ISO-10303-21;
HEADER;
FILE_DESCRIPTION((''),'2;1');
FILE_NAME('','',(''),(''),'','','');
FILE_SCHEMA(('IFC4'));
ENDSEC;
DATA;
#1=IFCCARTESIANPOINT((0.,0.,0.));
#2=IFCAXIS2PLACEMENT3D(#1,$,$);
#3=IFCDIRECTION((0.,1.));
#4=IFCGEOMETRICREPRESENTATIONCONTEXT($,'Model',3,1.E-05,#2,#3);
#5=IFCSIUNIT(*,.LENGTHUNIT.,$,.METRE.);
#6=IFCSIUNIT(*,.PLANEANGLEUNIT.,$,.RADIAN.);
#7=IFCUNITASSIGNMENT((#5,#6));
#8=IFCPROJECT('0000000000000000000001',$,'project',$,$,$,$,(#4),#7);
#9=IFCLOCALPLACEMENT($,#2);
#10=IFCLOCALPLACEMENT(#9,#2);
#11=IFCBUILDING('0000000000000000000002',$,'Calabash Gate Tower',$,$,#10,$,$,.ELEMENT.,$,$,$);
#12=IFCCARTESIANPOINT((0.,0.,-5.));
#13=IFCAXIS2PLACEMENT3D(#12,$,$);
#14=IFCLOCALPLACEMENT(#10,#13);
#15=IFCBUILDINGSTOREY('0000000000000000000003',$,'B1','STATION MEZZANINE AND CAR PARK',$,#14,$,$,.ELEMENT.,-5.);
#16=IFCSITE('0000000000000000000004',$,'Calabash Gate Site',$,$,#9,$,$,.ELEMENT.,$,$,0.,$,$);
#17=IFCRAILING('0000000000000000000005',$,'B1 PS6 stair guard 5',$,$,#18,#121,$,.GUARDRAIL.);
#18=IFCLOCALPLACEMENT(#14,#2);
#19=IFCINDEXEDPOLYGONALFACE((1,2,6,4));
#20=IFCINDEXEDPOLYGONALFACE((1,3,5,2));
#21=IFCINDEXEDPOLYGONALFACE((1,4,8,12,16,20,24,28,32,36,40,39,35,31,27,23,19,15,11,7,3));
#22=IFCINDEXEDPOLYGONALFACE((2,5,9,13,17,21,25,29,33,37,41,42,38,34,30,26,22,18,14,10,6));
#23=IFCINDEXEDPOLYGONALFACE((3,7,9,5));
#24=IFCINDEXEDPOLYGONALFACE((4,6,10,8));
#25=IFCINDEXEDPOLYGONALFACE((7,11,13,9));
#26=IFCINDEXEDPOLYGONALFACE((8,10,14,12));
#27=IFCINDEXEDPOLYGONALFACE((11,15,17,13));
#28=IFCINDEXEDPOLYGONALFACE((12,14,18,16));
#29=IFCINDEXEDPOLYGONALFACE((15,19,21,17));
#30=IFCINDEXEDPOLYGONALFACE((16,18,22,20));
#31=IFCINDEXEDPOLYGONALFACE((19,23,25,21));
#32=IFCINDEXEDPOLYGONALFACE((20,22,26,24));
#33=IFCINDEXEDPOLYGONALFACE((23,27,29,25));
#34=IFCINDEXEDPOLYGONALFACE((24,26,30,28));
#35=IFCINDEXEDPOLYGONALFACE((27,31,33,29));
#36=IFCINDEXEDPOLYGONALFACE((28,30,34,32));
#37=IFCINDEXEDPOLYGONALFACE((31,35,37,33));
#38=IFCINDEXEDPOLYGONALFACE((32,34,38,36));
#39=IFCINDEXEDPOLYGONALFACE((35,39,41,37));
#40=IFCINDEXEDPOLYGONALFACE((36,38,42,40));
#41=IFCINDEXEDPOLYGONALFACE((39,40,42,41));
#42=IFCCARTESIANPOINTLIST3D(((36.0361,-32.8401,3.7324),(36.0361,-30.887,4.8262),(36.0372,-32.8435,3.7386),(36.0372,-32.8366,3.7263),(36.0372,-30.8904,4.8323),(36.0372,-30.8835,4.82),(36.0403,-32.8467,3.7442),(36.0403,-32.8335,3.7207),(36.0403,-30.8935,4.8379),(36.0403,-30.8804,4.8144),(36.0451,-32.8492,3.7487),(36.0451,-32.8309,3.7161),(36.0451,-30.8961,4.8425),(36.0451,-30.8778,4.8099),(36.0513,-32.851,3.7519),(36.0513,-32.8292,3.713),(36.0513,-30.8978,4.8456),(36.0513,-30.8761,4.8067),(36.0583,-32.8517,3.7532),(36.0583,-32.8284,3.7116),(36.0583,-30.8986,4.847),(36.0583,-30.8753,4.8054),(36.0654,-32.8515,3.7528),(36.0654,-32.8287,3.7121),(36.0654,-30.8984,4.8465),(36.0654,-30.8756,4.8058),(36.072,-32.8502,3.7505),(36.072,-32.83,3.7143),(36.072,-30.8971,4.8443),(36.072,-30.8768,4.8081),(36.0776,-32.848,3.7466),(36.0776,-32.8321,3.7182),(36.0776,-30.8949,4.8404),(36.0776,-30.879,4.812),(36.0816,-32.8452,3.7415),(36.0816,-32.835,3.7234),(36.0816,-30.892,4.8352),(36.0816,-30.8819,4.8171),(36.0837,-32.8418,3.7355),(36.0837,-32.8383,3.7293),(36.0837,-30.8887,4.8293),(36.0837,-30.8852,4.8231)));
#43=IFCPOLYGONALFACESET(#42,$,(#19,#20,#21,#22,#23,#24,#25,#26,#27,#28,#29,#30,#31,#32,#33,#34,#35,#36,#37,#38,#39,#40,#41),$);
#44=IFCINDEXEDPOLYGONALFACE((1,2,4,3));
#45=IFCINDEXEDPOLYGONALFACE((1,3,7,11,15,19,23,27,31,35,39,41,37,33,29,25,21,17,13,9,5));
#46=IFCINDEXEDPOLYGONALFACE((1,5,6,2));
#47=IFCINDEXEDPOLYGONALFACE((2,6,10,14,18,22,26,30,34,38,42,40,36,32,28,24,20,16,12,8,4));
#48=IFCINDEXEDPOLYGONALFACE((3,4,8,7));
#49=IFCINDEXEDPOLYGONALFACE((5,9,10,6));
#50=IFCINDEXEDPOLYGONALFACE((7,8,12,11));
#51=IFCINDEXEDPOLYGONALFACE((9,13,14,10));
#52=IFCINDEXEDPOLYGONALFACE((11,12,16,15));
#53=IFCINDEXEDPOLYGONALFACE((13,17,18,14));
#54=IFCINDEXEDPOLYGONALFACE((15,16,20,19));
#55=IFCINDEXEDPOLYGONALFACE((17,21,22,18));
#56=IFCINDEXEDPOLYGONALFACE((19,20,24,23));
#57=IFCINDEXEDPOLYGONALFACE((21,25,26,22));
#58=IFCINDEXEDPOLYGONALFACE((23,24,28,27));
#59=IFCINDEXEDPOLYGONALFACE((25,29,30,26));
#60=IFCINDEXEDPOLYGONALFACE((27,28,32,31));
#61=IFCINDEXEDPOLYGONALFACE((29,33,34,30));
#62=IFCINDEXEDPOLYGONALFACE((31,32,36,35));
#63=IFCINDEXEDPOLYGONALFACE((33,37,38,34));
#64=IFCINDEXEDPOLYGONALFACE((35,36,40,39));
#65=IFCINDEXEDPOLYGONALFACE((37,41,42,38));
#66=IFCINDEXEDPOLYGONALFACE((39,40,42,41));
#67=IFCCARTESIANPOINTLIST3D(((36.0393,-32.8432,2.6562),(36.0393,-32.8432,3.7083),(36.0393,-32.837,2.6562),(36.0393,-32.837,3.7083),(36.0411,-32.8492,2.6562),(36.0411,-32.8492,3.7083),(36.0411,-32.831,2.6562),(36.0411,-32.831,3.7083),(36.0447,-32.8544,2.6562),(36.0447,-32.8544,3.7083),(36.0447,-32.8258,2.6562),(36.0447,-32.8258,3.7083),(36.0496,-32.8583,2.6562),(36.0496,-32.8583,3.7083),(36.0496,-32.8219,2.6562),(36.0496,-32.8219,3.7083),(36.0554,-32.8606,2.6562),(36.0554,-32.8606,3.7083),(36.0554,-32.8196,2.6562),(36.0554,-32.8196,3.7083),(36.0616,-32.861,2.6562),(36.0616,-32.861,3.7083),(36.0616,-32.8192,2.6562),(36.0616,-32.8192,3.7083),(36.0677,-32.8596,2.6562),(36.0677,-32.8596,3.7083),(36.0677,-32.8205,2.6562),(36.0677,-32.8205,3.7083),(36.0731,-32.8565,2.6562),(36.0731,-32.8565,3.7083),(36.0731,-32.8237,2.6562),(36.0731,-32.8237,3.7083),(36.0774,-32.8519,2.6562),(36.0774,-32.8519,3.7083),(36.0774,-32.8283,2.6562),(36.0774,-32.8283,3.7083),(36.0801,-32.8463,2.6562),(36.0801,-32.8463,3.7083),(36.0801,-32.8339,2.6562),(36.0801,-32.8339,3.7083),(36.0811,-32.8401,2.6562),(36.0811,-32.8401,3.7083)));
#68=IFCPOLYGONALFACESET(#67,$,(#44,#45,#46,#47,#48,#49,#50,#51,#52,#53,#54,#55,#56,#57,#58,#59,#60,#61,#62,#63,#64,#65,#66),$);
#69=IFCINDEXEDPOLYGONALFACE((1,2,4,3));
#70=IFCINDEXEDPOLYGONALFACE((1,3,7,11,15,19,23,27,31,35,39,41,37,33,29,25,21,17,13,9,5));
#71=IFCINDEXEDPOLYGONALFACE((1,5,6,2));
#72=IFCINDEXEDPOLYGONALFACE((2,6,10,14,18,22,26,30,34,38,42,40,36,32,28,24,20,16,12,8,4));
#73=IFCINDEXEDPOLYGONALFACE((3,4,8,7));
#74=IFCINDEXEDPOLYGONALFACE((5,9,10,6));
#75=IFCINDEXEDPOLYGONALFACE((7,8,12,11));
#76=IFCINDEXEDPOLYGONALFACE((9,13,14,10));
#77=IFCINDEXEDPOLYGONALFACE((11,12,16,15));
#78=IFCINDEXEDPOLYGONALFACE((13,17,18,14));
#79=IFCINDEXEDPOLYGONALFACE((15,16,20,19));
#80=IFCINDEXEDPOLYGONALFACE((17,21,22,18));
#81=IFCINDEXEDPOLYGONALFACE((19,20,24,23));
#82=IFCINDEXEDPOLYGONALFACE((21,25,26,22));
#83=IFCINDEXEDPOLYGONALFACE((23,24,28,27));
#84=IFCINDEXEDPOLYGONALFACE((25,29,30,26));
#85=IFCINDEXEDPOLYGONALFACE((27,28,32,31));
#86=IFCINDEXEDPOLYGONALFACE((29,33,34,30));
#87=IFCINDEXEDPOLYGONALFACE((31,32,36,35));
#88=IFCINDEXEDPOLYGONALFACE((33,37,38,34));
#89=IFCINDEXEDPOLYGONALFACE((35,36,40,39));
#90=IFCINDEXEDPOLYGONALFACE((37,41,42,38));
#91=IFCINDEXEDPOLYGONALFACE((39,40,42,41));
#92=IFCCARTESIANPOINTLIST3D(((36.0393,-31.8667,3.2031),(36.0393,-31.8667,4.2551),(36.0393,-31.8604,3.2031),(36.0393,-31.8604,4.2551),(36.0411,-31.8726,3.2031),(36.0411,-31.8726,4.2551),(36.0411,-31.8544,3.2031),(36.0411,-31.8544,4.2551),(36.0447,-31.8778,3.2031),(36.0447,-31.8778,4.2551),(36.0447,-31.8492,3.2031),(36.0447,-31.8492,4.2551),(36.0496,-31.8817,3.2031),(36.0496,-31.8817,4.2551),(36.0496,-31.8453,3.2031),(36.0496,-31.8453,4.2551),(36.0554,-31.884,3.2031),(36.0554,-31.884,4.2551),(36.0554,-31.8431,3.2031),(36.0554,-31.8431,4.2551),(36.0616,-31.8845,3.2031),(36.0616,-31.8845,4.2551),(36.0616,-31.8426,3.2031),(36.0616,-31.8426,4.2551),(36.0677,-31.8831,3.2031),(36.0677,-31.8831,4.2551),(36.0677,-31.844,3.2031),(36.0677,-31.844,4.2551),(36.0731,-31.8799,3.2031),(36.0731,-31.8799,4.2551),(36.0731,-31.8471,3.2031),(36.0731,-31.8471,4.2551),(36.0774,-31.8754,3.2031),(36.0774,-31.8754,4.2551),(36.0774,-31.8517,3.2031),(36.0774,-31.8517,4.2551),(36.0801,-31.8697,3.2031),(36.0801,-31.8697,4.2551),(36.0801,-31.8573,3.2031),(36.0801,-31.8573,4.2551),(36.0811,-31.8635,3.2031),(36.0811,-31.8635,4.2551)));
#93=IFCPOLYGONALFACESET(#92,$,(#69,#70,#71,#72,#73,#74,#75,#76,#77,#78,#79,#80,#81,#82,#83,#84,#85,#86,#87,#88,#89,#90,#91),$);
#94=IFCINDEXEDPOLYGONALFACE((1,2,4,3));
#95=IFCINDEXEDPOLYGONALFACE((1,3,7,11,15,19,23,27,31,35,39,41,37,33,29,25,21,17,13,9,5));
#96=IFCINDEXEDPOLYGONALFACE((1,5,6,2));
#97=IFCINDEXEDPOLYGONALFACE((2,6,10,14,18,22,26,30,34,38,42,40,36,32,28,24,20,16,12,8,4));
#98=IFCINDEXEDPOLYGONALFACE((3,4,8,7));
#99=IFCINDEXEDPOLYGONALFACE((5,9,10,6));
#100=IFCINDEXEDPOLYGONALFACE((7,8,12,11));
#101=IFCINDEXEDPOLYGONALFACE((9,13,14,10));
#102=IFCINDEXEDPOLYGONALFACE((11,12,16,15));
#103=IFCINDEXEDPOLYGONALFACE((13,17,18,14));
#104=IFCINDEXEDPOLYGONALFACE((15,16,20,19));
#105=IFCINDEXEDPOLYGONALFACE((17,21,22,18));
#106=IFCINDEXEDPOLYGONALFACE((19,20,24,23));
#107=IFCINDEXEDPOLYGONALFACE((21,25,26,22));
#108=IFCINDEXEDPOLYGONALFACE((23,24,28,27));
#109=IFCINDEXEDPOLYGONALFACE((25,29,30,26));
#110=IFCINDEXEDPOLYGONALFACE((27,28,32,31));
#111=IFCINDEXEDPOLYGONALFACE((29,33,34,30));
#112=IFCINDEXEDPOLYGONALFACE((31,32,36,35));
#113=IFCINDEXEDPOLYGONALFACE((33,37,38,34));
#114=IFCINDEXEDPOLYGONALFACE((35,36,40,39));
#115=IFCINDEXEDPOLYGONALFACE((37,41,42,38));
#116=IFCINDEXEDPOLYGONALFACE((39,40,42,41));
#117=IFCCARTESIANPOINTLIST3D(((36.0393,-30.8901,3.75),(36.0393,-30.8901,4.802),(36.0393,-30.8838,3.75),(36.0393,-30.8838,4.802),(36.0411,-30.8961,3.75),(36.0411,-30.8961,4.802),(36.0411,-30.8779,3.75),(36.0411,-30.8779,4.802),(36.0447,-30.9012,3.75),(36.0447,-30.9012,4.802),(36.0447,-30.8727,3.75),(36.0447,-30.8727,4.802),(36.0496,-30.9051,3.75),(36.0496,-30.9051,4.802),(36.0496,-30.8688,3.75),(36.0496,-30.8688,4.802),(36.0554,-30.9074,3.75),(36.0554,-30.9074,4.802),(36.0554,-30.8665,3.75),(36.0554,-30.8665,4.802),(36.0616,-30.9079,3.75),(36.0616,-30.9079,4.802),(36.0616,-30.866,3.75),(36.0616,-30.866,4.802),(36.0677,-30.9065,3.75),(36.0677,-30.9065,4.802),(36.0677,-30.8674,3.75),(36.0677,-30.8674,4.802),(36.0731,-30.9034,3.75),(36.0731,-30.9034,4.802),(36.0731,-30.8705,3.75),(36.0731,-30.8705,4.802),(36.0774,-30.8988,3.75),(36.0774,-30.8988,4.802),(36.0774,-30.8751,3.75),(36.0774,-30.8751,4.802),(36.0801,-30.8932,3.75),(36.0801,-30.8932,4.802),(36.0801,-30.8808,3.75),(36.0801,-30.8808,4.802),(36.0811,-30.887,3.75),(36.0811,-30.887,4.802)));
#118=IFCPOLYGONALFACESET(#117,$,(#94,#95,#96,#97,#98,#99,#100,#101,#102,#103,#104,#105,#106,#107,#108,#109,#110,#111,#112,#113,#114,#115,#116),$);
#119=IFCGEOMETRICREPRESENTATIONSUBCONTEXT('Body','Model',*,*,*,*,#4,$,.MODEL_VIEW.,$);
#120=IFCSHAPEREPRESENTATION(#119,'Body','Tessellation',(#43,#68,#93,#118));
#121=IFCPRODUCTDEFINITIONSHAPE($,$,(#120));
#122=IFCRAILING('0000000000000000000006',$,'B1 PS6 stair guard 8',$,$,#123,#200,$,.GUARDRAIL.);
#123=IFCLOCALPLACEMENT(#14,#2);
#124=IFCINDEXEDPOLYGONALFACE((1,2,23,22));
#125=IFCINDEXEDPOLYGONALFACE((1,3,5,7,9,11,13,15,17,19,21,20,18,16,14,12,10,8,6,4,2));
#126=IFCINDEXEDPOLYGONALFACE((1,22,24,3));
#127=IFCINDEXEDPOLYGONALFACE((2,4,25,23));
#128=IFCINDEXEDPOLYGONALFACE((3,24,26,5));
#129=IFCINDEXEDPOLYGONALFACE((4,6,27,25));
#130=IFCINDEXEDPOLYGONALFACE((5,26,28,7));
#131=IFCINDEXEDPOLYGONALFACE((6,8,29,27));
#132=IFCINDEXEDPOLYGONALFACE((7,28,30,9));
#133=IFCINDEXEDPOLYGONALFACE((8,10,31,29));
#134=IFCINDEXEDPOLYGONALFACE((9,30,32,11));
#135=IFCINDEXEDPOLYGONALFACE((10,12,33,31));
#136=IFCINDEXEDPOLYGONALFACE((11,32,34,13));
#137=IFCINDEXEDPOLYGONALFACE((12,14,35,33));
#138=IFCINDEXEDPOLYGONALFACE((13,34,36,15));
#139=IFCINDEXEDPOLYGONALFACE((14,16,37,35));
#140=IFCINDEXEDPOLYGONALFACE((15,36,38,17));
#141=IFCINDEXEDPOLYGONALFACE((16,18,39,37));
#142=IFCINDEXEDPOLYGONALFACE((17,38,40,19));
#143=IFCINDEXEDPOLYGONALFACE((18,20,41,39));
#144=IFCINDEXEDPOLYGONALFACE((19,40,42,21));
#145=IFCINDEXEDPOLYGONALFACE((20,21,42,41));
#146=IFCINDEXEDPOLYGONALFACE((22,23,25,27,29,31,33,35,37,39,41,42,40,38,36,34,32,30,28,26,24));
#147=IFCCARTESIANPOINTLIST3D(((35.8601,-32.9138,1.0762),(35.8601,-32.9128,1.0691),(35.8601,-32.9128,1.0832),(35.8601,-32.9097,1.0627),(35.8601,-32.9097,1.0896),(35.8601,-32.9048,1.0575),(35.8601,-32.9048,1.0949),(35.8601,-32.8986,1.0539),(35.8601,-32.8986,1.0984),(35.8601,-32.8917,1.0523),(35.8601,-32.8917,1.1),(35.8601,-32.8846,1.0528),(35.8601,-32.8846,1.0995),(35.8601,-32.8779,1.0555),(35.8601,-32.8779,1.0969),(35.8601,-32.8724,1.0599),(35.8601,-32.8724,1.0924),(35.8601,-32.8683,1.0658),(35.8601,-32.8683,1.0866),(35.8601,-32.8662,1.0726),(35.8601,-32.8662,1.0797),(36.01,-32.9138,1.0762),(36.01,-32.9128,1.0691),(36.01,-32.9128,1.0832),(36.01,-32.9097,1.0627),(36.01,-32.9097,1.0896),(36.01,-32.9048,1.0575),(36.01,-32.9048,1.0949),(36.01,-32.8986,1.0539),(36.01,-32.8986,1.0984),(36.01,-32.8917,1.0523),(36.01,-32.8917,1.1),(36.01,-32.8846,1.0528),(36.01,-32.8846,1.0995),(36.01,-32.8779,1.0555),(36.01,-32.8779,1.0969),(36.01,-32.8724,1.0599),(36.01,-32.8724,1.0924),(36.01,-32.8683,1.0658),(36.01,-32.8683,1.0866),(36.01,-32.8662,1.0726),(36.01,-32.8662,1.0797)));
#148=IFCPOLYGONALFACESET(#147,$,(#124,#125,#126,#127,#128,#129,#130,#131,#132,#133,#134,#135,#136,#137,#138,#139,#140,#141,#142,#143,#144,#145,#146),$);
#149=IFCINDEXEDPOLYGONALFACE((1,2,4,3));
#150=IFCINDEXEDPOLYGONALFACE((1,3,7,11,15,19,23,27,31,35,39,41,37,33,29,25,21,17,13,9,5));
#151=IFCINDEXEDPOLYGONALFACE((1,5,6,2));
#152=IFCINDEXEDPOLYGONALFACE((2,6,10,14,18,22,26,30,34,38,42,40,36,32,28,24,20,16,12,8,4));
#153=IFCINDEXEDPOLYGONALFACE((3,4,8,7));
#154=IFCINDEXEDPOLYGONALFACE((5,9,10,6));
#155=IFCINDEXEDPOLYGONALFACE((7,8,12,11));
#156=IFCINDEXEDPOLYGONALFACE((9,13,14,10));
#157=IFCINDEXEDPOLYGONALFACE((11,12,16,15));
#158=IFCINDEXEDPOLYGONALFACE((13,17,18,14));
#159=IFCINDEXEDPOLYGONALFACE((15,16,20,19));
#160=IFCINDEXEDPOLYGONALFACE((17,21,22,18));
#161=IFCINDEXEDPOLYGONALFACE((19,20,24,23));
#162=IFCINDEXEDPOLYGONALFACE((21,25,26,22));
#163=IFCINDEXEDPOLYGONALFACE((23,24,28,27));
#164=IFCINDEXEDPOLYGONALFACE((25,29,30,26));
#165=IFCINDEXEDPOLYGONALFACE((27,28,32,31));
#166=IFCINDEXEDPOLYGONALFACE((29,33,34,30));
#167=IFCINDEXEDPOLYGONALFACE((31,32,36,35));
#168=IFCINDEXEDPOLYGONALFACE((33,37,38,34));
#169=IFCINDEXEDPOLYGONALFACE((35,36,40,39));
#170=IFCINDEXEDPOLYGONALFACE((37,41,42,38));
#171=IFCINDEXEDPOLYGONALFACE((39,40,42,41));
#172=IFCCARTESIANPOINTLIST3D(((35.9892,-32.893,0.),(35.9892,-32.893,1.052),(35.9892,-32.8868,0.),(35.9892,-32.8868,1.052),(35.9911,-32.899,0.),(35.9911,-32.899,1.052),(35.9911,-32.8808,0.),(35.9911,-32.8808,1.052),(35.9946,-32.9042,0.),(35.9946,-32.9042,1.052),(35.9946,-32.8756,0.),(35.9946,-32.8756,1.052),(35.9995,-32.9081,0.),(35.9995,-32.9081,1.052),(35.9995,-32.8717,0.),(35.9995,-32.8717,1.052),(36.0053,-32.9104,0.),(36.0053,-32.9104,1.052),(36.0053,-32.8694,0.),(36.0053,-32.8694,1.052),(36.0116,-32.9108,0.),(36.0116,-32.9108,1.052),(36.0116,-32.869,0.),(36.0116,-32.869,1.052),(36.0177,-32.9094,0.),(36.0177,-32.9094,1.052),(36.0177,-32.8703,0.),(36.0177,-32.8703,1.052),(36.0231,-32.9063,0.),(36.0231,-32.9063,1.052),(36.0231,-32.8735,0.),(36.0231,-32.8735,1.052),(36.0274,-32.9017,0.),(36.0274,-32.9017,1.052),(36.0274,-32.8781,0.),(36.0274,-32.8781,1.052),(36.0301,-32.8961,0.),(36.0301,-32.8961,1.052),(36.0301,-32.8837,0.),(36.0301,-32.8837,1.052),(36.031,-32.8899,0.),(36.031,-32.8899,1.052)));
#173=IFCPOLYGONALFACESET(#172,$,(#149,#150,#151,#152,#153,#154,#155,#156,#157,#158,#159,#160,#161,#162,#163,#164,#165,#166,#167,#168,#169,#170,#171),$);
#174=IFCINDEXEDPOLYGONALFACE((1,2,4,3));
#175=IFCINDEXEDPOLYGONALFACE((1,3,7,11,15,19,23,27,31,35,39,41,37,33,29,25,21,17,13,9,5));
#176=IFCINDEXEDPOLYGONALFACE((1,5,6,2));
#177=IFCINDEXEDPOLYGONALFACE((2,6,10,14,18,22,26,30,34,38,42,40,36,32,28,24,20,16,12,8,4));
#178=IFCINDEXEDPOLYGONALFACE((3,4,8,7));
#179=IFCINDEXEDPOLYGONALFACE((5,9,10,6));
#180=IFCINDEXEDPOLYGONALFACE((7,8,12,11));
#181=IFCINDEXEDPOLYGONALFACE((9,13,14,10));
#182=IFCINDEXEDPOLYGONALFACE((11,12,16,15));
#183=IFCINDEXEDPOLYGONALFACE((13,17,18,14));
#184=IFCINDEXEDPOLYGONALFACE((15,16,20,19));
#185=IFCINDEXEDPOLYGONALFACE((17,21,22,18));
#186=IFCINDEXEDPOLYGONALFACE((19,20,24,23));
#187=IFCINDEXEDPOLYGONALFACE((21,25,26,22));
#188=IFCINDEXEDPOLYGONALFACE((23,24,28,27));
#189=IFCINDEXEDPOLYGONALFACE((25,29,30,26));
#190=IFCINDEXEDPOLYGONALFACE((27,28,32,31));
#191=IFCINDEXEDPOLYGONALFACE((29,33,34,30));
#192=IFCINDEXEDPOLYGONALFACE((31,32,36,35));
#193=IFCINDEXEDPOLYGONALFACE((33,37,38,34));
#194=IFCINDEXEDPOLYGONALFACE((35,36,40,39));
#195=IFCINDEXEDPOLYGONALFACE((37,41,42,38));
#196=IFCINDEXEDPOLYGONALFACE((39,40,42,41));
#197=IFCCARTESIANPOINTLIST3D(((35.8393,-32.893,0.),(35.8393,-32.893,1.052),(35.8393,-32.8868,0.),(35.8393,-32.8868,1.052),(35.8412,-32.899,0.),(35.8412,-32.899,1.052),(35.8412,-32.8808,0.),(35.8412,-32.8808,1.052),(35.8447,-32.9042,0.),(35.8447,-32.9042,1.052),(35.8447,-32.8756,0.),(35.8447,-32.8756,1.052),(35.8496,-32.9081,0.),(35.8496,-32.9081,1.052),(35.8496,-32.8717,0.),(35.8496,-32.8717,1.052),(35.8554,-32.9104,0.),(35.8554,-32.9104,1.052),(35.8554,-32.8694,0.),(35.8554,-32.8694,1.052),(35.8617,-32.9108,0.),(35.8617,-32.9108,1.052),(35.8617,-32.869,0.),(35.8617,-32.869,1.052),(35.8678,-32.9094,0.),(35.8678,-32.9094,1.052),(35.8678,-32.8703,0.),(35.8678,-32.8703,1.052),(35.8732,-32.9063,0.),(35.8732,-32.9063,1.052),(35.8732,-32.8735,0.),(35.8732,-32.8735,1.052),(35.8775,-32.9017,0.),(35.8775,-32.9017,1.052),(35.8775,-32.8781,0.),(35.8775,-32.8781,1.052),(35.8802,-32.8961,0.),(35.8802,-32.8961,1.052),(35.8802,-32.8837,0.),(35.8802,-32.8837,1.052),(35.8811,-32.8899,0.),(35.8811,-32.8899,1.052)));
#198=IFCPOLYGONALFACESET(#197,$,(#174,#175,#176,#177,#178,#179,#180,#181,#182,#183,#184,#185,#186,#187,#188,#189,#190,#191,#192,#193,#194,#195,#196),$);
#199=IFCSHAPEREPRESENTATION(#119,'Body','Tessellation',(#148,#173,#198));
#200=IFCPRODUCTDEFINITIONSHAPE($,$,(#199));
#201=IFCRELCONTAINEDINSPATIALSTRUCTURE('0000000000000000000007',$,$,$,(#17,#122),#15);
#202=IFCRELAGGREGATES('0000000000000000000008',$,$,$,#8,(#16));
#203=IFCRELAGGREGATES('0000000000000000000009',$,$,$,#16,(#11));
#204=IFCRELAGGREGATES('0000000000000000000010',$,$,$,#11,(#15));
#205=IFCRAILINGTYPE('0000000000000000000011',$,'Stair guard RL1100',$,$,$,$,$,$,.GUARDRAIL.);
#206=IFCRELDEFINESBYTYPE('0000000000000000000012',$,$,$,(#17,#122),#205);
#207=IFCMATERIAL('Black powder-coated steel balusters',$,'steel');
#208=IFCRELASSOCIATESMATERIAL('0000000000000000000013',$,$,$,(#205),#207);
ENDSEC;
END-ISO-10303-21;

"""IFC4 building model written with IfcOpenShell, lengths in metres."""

from ifc_helpers import new_model, si_unit, direction, frame, origin, origin_2d, place, context, subcontext, project, spatial, circle, extrude, material, type_object, element, save


model = new_model("IFC4")

# Units and contexts
model_context = context("Model", 3, precision=1e-05, world=origin(), true_north=direction((0.0, 1.0)))
body_context = subcontext(model_context, "Body", "Model", "MODEL_VIEW")
ifc_project = project(units=[si_unit("LENGTHUNIT", "METRE"), si_unit("PLANEANGLEUNIT", "RADIAN")], contexts=[model_context])

# Site, building, storey
site_placement = place(None, origin())
site = spatial("IfcSite", under=ifc_project, at=site_placement, Name="Calabash Gate Site", CompositionType="ELEMENT", RefElevation=0.0)
building_placement = place(site_placement, origin())
building = spatial("IfcBuilding", under=site, at=building_placement, Name="Calabash Gate Tower", CompositionType="ELEMENT")
storey_placement = place(building_placement, frame((0.0, 0.0, -5.0)))
storey = spatial("IfcBuildingStorey", under=building, at=storey_placement, Name="B1", Description="STATION MEZZANINE AND CAR PARK", CompositionType="ELEMENT", Elevation=-5.0)

# Railings
ifc_material_1 = material(Name="Black powder-coated steel balusters", Category="steel")
railing_type = type_object("IfcRailingType", Name="Stair guard RL1100", PredefinedType="GUARDRAIL", material=ifc_material_1)
railing_1_placement = place(storey_placement, frame((36.0601, -32.8401, 2.6562)))
element("IfcRailing", 1, at=railing_1_placement, inside=storey, type_object=railing_type, Name="B1 PS6 stair guard 5", PredefinedType="GUARDRAIL", context=body_context, shape_type="SweptSolid", body=[
    extrude(circle(Radius=0.0239, at=origin_2d()), frame((0.0, 0.0, 1.0762), z_axis=(0.0, 0.872506, 0.488603), x_axis=(-1.0, 0.0, 0.0)), (0.0, 0.0, 1.0), 2.2385),
    extrude(circle(Radius=0.021, at=origin_2d()), origin(), (0.0, 0.0, 1.0), 1.052),
    extrude(circle(Radius=0.021, at=origin_2d()), frame((0.0, 0.9766, 0.5469)), (0.0, 0.0, 1.0), 1.052),
    extrude(circle(Radius=0.021, at=origin_2d()), frame((0.0, 1.9531, 1.0938)), (0.0, 0.0, 1.0), 1.052),
])
railing_2_placement = place(storey_placement, frame((36.01, -32.8899, 0.0)))
element("IfcRailing", 2, at=railing_2_placement, inside=storey, type_object=railing_type, Name="B1 PS6 stair guard 8", PredefinedType="GUARDRAIL", context=body_context, shape_type="SweptSolid", body=[
    extrude(circle(Radius=0.0239, at=origin_2d()), frame((0.0, 0.0, 1.0762), z_axis=(-1.0, 0.0, 0.0), x_axis=(0.0, -1.0, 0.0)), (0.0, 0.0, 1.0), 0.1499),
    extrude(circle(Radius=0.021, at=origin_2d()), origin(), (0.0, 0.0, 1.0), 1.052),
    extrude(circle(Radius=0.021, at=origin_2d()), frame((-0.1499, 0.0, 0.0)), (0.0, 0.0, 1.0), 1.052),
])

save(model, "model.ifc")
